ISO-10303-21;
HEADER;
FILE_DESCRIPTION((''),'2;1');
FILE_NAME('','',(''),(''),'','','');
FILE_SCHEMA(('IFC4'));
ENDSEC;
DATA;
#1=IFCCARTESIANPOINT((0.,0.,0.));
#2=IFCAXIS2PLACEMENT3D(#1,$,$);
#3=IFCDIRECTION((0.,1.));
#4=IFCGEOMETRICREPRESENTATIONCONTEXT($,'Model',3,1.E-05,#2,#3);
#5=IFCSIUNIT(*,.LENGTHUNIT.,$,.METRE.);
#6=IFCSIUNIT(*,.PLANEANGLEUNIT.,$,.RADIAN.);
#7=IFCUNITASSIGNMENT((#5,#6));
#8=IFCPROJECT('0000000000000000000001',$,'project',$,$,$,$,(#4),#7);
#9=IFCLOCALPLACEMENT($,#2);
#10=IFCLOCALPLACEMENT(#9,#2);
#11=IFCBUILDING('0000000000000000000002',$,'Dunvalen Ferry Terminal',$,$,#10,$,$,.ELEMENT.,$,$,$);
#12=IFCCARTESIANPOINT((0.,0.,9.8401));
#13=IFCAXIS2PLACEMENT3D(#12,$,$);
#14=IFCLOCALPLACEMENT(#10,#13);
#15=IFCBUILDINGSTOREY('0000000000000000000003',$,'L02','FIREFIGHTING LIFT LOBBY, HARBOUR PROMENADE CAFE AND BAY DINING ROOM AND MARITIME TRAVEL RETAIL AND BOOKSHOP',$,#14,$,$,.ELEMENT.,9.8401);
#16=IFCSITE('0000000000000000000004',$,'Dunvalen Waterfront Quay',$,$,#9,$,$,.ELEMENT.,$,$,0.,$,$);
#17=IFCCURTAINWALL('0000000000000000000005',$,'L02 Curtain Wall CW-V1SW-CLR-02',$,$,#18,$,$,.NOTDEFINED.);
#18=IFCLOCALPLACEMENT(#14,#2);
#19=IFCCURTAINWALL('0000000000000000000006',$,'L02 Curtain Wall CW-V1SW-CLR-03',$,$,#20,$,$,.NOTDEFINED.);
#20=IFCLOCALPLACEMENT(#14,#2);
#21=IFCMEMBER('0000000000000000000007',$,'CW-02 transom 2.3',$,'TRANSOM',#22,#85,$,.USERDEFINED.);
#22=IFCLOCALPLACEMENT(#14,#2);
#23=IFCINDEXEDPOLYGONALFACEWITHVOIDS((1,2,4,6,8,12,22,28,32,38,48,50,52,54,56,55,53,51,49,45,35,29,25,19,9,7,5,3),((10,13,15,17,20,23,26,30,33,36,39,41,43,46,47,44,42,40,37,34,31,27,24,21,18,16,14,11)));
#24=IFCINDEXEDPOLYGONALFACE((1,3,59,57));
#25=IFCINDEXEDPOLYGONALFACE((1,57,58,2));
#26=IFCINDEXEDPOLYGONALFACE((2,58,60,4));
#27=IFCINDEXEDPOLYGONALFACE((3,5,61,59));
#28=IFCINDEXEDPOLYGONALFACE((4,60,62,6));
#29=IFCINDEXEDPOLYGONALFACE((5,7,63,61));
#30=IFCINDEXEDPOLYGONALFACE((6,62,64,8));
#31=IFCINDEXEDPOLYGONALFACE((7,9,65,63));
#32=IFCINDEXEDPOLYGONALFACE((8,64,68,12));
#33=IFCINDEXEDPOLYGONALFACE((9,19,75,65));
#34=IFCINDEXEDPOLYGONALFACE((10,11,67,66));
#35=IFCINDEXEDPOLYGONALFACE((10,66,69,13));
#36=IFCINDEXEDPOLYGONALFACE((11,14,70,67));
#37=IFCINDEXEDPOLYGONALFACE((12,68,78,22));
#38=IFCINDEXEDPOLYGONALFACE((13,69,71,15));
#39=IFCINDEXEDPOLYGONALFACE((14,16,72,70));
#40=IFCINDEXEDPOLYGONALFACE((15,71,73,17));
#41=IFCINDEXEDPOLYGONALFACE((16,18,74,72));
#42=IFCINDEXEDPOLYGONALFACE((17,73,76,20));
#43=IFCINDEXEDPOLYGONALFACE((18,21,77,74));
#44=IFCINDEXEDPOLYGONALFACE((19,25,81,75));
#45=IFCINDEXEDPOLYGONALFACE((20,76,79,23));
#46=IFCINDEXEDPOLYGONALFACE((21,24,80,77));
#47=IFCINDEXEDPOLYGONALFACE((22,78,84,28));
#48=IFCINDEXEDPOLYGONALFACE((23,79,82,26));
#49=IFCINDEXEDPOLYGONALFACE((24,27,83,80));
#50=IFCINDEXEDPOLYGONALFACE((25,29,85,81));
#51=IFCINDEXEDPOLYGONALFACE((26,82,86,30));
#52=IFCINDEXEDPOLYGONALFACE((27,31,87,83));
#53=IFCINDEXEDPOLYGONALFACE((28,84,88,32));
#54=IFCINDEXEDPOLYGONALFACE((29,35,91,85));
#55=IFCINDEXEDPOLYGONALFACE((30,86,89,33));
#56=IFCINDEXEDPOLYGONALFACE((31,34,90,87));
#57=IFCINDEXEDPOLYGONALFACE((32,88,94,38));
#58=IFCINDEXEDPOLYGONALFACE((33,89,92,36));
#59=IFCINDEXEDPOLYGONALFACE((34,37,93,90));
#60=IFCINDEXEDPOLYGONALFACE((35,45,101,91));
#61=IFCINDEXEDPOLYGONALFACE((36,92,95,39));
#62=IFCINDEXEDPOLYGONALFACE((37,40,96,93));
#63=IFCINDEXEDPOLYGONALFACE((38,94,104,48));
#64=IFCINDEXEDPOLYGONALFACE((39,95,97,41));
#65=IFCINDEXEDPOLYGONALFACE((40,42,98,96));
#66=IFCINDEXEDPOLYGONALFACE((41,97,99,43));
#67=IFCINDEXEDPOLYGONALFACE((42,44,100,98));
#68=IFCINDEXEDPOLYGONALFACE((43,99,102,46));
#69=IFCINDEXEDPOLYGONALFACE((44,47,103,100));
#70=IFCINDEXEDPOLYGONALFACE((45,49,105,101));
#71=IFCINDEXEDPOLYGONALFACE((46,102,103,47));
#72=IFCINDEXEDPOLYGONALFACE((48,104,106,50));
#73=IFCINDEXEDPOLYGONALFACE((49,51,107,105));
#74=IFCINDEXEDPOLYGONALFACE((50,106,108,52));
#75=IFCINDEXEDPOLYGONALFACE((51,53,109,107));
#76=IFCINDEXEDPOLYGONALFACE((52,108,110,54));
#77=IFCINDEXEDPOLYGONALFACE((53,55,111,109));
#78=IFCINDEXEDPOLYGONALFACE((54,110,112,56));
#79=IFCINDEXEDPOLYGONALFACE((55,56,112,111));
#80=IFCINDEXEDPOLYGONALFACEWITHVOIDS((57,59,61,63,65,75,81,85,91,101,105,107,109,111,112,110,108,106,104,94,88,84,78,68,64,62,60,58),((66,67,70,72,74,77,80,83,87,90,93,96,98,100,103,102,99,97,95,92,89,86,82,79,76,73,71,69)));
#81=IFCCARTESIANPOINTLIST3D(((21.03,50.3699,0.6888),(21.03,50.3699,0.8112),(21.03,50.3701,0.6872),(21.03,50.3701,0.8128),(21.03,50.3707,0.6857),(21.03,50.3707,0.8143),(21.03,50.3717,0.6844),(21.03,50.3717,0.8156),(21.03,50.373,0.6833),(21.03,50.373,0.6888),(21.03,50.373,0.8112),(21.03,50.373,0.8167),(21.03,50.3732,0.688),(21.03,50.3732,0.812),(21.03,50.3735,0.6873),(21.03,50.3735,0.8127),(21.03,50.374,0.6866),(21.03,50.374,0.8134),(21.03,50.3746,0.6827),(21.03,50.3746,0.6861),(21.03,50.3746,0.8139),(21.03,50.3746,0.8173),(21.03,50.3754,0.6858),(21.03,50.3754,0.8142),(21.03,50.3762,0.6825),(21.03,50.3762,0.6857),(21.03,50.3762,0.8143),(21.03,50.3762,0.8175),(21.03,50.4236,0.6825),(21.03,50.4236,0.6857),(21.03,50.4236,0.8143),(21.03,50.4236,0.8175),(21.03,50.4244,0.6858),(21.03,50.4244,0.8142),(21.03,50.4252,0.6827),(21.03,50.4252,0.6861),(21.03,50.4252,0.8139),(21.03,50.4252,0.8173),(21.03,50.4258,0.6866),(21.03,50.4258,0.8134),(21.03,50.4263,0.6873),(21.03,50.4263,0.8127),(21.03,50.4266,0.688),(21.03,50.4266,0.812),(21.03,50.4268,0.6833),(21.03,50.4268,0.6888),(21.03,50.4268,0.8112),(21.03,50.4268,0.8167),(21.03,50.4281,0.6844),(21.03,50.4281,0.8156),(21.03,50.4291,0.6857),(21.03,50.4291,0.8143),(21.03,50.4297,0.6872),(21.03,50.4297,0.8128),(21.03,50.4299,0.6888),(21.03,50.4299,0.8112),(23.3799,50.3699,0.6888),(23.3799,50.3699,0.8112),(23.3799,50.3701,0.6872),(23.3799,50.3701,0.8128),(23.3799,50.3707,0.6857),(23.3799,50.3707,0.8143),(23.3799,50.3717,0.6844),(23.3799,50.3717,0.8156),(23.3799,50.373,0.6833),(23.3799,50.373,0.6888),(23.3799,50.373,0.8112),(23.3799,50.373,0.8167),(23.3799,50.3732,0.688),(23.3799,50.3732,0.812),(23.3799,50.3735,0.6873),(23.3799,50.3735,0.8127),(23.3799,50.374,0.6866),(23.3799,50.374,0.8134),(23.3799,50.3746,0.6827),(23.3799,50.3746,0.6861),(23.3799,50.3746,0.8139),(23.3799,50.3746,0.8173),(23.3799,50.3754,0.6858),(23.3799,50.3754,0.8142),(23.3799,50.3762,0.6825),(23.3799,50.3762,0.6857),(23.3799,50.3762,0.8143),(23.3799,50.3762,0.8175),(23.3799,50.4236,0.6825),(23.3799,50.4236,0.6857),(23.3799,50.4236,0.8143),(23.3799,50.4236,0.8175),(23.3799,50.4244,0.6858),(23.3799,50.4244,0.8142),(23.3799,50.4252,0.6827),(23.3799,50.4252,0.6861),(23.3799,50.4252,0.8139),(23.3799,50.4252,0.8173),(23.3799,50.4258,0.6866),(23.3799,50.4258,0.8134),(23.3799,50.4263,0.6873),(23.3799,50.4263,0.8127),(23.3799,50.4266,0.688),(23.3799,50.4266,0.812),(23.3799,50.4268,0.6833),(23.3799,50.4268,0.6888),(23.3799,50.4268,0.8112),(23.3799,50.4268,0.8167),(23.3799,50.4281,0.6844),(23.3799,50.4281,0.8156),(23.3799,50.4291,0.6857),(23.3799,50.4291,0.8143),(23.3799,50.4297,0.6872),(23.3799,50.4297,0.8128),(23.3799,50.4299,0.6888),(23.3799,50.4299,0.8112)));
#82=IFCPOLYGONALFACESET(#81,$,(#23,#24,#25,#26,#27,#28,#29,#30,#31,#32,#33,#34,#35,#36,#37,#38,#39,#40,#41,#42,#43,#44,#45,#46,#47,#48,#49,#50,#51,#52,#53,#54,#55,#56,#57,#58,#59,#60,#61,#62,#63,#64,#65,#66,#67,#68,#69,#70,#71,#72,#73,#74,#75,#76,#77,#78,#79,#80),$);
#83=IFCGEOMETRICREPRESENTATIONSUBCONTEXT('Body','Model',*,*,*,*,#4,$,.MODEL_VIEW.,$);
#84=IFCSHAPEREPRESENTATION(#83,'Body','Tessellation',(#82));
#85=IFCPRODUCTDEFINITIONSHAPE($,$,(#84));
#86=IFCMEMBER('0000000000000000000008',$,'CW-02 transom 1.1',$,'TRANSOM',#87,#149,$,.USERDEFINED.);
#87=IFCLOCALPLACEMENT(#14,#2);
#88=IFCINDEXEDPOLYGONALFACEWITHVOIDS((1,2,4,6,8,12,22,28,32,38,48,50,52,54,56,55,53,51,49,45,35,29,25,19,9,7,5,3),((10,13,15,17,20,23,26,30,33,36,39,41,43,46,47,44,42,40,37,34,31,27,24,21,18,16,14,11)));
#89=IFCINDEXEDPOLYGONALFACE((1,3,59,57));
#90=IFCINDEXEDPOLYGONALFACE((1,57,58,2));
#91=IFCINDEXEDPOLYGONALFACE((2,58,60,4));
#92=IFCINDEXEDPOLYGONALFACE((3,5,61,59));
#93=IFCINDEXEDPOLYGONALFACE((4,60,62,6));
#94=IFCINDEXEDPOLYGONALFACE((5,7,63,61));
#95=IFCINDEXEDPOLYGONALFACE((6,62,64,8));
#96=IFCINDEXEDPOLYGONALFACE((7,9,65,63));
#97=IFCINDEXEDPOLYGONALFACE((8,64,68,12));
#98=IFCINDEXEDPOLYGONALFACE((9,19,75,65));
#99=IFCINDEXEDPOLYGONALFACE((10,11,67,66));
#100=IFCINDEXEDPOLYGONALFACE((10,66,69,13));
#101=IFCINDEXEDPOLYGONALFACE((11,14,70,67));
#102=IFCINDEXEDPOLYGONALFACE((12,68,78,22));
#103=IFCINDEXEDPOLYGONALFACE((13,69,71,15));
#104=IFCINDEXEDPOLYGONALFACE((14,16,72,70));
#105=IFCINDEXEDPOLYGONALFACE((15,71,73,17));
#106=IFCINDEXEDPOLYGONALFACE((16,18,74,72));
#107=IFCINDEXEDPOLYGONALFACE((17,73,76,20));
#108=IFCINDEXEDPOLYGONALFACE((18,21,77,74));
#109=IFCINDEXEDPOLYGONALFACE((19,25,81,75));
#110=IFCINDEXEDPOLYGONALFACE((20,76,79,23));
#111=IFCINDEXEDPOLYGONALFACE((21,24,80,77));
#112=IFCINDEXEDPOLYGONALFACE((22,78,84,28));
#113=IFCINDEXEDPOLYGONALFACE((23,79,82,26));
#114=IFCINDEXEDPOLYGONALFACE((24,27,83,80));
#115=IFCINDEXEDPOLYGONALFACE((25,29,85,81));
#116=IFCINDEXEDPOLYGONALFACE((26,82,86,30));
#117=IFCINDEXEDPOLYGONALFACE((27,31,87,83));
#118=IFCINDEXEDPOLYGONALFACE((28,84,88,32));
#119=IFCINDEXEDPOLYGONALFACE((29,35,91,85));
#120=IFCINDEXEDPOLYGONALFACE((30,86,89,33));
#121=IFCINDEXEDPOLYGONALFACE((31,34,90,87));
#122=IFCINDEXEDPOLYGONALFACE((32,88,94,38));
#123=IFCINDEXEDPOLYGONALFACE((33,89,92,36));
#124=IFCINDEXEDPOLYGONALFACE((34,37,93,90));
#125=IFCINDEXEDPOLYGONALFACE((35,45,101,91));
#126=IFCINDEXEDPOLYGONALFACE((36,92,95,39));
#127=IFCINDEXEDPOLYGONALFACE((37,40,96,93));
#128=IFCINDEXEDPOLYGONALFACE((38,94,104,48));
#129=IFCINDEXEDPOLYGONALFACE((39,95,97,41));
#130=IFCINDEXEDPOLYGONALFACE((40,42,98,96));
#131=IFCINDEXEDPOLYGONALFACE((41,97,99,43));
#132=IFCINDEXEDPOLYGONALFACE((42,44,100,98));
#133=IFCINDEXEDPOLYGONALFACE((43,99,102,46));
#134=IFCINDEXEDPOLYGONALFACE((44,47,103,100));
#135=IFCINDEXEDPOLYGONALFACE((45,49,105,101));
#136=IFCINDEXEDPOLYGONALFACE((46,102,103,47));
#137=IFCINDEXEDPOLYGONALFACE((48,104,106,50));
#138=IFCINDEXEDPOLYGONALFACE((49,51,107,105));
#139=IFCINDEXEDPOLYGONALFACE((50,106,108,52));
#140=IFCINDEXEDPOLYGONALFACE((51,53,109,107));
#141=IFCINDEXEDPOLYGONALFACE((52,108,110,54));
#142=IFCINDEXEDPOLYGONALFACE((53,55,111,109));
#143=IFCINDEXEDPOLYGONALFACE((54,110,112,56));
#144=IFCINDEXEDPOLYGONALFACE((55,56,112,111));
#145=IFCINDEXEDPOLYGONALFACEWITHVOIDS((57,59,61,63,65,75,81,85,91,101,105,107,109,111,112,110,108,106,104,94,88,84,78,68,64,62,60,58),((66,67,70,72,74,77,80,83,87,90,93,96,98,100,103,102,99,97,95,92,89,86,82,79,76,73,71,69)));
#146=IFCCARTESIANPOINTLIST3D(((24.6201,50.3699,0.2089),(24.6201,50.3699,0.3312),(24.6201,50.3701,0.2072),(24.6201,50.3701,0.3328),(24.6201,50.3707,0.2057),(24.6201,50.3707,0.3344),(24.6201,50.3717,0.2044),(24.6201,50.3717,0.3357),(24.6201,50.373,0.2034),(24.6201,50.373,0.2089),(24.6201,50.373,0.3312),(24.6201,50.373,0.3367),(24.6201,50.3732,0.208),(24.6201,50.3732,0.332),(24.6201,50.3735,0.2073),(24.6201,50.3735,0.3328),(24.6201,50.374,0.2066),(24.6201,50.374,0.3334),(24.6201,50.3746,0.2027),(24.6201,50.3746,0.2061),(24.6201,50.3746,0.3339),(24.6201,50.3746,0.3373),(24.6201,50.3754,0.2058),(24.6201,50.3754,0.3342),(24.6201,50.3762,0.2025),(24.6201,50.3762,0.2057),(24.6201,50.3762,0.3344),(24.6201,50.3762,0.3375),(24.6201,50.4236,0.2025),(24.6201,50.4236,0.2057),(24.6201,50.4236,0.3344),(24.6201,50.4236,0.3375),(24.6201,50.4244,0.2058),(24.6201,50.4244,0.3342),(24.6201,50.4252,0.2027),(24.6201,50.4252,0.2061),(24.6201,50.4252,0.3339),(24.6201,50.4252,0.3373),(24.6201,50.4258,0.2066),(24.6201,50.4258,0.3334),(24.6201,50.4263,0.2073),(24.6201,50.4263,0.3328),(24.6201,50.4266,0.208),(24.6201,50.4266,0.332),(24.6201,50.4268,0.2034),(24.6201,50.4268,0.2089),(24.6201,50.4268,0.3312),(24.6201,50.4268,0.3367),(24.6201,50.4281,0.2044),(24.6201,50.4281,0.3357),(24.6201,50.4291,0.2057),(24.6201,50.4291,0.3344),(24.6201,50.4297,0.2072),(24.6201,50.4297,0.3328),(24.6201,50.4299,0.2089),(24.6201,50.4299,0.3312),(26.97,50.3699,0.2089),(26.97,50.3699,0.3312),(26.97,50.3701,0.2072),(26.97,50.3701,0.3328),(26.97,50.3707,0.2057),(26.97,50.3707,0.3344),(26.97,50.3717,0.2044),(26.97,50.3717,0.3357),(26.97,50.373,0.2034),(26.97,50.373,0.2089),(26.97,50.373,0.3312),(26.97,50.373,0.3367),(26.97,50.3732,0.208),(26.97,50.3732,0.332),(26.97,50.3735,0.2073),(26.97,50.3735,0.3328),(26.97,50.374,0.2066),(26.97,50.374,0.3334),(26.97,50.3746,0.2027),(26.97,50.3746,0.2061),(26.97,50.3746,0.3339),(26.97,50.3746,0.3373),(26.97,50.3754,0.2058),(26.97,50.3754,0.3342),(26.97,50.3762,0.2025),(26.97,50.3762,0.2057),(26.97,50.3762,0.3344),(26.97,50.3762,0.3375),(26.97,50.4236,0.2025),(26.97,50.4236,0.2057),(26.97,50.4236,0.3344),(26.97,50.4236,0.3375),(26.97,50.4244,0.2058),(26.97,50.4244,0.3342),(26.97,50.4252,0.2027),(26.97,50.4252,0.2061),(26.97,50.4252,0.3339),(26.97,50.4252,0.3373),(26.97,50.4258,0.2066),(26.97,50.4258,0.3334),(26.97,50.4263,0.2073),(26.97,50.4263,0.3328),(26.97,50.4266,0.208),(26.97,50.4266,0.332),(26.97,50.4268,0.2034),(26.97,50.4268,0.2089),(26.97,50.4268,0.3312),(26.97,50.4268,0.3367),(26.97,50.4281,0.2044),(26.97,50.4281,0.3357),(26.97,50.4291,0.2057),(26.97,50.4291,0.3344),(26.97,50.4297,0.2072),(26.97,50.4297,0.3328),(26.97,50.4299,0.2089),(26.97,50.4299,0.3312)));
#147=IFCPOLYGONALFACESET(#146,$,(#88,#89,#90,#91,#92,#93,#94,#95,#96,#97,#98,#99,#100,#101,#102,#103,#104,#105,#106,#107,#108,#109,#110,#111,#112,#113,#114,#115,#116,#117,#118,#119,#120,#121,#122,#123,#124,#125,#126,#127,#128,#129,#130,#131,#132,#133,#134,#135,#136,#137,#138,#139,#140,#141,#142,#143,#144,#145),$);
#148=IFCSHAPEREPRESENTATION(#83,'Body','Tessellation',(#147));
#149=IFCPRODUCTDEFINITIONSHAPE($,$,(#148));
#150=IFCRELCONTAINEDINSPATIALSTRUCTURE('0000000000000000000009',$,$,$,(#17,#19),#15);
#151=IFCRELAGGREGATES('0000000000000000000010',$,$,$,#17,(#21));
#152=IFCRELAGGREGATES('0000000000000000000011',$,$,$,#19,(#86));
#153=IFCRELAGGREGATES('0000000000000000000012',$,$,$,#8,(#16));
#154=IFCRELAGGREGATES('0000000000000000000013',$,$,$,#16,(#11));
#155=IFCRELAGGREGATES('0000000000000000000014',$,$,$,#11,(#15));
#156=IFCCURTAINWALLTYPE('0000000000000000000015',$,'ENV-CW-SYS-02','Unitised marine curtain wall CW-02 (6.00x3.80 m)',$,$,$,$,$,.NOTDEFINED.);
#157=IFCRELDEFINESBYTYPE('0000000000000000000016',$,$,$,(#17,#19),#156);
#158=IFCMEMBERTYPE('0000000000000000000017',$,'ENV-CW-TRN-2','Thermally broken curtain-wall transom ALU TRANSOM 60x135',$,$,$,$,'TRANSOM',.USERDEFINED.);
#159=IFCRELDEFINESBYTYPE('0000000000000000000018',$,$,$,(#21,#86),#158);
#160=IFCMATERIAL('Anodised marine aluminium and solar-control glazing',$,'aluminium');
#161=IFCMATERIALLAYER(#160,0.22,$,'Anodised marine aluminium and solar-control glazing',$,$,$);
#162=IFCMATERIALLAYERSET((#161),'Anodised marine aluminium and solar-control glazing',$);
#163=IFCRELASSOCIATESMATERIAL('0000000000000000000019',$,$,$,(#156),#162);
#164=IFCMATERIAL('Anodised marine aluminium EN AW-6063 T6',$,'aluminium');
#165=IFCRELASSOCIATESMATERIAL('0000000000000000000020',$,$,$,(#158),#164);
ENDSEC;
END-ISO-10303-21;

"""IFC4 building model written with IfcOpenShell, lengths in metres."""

from ifc_helpers import new_model, si_unit, direction, frame, origin, origin_2d, place, context, subcontext, project, spatial, hollow_rectangle, extrude, material, layer, layer_set, material_profile, profile_set, type_object, element, aggregate, save


model = new_model("IFC4")

# Units and contexts
model_context = context("Model", 3, precision=1e-05, world=origin(), true_north=direction((0.0, 1.0)))
body_context = subcontext(model_context, "Body", "Model", "MODEL_VIEW")
ifc_project = project(units=[si_unit("LENGTHUNIT", "METRE"), si_unit("PLANEANGLEUNIT", "RADIAN")], contexts=[model_context])

# Site, building, storey
site_placement = place(None, origin())
site = spatial("IfcSite", under=ifc_project, at=site_placement, Name="Dunvalen Waterfront Quay", CompositionType="ELEMENT", RefElevation=0.0)
building_placement = place(site_placement, origin())
building = spatial("IfcBuilding", under=site, at=building_placement, Name="Dunvalen Ferry Terminal", CompositionType="ELEMENT")
storey_placement = place(building_placement, frame((0.0, 0.0, 9.8401)))
storey = spatial("IfcBuildingStorey", under=building, at=storey_placement, Name="L02", Description="FIREFIGHTING LIFT LOBBY, HARBOUR PROMENADE CAFE AND BAY DINING ROOM AND MARITIME TRAVEL RETAIL AND BOOKSHOP", CompositionType="ELEMENT", Elevation=9.8401)

# Curtain walls
ifc_material_1 = material(Name="Anodised marine aluminium and solar-control glazing", Category="aluminium")
ifc_layer_1 = layer(ifc_material_1, 0.22, Name="Anodised marine aluminium and solar-control glazing")
ifc_layer_set_1 = layer_set([ifc_layer_1], Name="Anodised marine aluminium and solar-control glazing")
curtain_wall_type = type_object("IfcCurtainWallType", Name="ENV-CW-SYS-02", Description="Unitised marine curtain wall CW-02 (6.00x3.80 m)", PredefinedType="NOTDEFINED", material=ifc_layer_set_1)
curtain_wall_1_placement = place(storey_placement, origin())
curtain_wall_1 = element("IfcCurtainWall", 1, at=curtain_wall_1_placement, inside=storey, type_object=curtain_wall_type, Name="L02 Curtain Wall CW-V1SW-CLR-02", PredefinedType="NOTDEFINED")
ifc_material_2 = material(Name="Anodised marine aluminium EN AW-6063 T6", Category="aluminium")
curtain_wall_2_placement = place(storey_placement, origin())
curtain_wall_2 = element("IfcCurtainWall", 2, at=curtain_wall_2_placement, inside=storey, type_object=curtain_wall_type, Name="L02 Curtain Wall CW-V1SW-CLR-03", PredefinedType="NOTDEFINED")

# Members
ifc_material_profile_1 = material_profile(ifc_material_2, hollow_rectangle(XDim=0.0601, YDim=0.135, WallThickness=0.0032, InnerFilletRadius=0.0032, OuterFilletRadius=0.0063, at=origin_2d()), Name="Anodised marine aluminium EN AW-6063 T6")
ifc_profile_set_1 = profile_set([ifc_material_profile_1], Name="Anodised marine aluminium EN AW-6063 T6")
member_type_1 = type_object("IfcMemberType", Name="ENV-CW-TRN-2", Description="Thermally broken curtain-wall transom ALU TRANSOM 60x135", ElementType="TRANSOM", PredefinedType="USERDEFINED", material=ifc_profile_set_1)
member_1_placement = place(storey_placement, frame((21.03, 50.3999, 0.75), z_axis=(1.0, 0.0, 0.0), x_axis=(0.0, 1.0, 0.0)))
member_1 = element("IfcMember", 3, at=member_1_placement, type_object=member_type_1, Name="CW-02 transom 2.3", ObjectType="TRANSOM", PredefinedType="USERDEFINED", context=body_context, shape_type="SweptSolid", body=[
    extrude(hollow_rectangle(XDim=0.0601, YDim=0.135, WallThickness=0.0032, InnerFilletRadius=0.0032, OuterFilletRadius=0.0063, at=origin_2d()), origin(), (0.0, 0.0, 1.0), 2.3499),
])
member_2_placement = place(storey_placement, frame((24.6201, 50.3999, 0.27), z_axis=(1.0, 0.0, 0.0), x_axis=(0.0, 1.0, 0.0)))
member_2 = element("IfcMember", 4, at=member_2_placement, type_object=member_type_1, Name="CW-02 transom 1.1", ObjectType="TRANSOM", PredefinedType="USERDEFINED", context=body_context, shape_type="SweptSolid", body=[
    extrude(hollow_rectangle(XDim=0.0601, YDim=0.135, WallThickness=0.0032, InnerFilletRadius=0.0032, OuterFilletRadius=0.0063, at=origin_2d()), origin(), (0.0, 0.0, 1.0), 2.3499),
])

aggregate(curtain_wall_1, [member_1])
aggregate(curtain_wall_2, [member_2])

save(model, "model.ifc")
